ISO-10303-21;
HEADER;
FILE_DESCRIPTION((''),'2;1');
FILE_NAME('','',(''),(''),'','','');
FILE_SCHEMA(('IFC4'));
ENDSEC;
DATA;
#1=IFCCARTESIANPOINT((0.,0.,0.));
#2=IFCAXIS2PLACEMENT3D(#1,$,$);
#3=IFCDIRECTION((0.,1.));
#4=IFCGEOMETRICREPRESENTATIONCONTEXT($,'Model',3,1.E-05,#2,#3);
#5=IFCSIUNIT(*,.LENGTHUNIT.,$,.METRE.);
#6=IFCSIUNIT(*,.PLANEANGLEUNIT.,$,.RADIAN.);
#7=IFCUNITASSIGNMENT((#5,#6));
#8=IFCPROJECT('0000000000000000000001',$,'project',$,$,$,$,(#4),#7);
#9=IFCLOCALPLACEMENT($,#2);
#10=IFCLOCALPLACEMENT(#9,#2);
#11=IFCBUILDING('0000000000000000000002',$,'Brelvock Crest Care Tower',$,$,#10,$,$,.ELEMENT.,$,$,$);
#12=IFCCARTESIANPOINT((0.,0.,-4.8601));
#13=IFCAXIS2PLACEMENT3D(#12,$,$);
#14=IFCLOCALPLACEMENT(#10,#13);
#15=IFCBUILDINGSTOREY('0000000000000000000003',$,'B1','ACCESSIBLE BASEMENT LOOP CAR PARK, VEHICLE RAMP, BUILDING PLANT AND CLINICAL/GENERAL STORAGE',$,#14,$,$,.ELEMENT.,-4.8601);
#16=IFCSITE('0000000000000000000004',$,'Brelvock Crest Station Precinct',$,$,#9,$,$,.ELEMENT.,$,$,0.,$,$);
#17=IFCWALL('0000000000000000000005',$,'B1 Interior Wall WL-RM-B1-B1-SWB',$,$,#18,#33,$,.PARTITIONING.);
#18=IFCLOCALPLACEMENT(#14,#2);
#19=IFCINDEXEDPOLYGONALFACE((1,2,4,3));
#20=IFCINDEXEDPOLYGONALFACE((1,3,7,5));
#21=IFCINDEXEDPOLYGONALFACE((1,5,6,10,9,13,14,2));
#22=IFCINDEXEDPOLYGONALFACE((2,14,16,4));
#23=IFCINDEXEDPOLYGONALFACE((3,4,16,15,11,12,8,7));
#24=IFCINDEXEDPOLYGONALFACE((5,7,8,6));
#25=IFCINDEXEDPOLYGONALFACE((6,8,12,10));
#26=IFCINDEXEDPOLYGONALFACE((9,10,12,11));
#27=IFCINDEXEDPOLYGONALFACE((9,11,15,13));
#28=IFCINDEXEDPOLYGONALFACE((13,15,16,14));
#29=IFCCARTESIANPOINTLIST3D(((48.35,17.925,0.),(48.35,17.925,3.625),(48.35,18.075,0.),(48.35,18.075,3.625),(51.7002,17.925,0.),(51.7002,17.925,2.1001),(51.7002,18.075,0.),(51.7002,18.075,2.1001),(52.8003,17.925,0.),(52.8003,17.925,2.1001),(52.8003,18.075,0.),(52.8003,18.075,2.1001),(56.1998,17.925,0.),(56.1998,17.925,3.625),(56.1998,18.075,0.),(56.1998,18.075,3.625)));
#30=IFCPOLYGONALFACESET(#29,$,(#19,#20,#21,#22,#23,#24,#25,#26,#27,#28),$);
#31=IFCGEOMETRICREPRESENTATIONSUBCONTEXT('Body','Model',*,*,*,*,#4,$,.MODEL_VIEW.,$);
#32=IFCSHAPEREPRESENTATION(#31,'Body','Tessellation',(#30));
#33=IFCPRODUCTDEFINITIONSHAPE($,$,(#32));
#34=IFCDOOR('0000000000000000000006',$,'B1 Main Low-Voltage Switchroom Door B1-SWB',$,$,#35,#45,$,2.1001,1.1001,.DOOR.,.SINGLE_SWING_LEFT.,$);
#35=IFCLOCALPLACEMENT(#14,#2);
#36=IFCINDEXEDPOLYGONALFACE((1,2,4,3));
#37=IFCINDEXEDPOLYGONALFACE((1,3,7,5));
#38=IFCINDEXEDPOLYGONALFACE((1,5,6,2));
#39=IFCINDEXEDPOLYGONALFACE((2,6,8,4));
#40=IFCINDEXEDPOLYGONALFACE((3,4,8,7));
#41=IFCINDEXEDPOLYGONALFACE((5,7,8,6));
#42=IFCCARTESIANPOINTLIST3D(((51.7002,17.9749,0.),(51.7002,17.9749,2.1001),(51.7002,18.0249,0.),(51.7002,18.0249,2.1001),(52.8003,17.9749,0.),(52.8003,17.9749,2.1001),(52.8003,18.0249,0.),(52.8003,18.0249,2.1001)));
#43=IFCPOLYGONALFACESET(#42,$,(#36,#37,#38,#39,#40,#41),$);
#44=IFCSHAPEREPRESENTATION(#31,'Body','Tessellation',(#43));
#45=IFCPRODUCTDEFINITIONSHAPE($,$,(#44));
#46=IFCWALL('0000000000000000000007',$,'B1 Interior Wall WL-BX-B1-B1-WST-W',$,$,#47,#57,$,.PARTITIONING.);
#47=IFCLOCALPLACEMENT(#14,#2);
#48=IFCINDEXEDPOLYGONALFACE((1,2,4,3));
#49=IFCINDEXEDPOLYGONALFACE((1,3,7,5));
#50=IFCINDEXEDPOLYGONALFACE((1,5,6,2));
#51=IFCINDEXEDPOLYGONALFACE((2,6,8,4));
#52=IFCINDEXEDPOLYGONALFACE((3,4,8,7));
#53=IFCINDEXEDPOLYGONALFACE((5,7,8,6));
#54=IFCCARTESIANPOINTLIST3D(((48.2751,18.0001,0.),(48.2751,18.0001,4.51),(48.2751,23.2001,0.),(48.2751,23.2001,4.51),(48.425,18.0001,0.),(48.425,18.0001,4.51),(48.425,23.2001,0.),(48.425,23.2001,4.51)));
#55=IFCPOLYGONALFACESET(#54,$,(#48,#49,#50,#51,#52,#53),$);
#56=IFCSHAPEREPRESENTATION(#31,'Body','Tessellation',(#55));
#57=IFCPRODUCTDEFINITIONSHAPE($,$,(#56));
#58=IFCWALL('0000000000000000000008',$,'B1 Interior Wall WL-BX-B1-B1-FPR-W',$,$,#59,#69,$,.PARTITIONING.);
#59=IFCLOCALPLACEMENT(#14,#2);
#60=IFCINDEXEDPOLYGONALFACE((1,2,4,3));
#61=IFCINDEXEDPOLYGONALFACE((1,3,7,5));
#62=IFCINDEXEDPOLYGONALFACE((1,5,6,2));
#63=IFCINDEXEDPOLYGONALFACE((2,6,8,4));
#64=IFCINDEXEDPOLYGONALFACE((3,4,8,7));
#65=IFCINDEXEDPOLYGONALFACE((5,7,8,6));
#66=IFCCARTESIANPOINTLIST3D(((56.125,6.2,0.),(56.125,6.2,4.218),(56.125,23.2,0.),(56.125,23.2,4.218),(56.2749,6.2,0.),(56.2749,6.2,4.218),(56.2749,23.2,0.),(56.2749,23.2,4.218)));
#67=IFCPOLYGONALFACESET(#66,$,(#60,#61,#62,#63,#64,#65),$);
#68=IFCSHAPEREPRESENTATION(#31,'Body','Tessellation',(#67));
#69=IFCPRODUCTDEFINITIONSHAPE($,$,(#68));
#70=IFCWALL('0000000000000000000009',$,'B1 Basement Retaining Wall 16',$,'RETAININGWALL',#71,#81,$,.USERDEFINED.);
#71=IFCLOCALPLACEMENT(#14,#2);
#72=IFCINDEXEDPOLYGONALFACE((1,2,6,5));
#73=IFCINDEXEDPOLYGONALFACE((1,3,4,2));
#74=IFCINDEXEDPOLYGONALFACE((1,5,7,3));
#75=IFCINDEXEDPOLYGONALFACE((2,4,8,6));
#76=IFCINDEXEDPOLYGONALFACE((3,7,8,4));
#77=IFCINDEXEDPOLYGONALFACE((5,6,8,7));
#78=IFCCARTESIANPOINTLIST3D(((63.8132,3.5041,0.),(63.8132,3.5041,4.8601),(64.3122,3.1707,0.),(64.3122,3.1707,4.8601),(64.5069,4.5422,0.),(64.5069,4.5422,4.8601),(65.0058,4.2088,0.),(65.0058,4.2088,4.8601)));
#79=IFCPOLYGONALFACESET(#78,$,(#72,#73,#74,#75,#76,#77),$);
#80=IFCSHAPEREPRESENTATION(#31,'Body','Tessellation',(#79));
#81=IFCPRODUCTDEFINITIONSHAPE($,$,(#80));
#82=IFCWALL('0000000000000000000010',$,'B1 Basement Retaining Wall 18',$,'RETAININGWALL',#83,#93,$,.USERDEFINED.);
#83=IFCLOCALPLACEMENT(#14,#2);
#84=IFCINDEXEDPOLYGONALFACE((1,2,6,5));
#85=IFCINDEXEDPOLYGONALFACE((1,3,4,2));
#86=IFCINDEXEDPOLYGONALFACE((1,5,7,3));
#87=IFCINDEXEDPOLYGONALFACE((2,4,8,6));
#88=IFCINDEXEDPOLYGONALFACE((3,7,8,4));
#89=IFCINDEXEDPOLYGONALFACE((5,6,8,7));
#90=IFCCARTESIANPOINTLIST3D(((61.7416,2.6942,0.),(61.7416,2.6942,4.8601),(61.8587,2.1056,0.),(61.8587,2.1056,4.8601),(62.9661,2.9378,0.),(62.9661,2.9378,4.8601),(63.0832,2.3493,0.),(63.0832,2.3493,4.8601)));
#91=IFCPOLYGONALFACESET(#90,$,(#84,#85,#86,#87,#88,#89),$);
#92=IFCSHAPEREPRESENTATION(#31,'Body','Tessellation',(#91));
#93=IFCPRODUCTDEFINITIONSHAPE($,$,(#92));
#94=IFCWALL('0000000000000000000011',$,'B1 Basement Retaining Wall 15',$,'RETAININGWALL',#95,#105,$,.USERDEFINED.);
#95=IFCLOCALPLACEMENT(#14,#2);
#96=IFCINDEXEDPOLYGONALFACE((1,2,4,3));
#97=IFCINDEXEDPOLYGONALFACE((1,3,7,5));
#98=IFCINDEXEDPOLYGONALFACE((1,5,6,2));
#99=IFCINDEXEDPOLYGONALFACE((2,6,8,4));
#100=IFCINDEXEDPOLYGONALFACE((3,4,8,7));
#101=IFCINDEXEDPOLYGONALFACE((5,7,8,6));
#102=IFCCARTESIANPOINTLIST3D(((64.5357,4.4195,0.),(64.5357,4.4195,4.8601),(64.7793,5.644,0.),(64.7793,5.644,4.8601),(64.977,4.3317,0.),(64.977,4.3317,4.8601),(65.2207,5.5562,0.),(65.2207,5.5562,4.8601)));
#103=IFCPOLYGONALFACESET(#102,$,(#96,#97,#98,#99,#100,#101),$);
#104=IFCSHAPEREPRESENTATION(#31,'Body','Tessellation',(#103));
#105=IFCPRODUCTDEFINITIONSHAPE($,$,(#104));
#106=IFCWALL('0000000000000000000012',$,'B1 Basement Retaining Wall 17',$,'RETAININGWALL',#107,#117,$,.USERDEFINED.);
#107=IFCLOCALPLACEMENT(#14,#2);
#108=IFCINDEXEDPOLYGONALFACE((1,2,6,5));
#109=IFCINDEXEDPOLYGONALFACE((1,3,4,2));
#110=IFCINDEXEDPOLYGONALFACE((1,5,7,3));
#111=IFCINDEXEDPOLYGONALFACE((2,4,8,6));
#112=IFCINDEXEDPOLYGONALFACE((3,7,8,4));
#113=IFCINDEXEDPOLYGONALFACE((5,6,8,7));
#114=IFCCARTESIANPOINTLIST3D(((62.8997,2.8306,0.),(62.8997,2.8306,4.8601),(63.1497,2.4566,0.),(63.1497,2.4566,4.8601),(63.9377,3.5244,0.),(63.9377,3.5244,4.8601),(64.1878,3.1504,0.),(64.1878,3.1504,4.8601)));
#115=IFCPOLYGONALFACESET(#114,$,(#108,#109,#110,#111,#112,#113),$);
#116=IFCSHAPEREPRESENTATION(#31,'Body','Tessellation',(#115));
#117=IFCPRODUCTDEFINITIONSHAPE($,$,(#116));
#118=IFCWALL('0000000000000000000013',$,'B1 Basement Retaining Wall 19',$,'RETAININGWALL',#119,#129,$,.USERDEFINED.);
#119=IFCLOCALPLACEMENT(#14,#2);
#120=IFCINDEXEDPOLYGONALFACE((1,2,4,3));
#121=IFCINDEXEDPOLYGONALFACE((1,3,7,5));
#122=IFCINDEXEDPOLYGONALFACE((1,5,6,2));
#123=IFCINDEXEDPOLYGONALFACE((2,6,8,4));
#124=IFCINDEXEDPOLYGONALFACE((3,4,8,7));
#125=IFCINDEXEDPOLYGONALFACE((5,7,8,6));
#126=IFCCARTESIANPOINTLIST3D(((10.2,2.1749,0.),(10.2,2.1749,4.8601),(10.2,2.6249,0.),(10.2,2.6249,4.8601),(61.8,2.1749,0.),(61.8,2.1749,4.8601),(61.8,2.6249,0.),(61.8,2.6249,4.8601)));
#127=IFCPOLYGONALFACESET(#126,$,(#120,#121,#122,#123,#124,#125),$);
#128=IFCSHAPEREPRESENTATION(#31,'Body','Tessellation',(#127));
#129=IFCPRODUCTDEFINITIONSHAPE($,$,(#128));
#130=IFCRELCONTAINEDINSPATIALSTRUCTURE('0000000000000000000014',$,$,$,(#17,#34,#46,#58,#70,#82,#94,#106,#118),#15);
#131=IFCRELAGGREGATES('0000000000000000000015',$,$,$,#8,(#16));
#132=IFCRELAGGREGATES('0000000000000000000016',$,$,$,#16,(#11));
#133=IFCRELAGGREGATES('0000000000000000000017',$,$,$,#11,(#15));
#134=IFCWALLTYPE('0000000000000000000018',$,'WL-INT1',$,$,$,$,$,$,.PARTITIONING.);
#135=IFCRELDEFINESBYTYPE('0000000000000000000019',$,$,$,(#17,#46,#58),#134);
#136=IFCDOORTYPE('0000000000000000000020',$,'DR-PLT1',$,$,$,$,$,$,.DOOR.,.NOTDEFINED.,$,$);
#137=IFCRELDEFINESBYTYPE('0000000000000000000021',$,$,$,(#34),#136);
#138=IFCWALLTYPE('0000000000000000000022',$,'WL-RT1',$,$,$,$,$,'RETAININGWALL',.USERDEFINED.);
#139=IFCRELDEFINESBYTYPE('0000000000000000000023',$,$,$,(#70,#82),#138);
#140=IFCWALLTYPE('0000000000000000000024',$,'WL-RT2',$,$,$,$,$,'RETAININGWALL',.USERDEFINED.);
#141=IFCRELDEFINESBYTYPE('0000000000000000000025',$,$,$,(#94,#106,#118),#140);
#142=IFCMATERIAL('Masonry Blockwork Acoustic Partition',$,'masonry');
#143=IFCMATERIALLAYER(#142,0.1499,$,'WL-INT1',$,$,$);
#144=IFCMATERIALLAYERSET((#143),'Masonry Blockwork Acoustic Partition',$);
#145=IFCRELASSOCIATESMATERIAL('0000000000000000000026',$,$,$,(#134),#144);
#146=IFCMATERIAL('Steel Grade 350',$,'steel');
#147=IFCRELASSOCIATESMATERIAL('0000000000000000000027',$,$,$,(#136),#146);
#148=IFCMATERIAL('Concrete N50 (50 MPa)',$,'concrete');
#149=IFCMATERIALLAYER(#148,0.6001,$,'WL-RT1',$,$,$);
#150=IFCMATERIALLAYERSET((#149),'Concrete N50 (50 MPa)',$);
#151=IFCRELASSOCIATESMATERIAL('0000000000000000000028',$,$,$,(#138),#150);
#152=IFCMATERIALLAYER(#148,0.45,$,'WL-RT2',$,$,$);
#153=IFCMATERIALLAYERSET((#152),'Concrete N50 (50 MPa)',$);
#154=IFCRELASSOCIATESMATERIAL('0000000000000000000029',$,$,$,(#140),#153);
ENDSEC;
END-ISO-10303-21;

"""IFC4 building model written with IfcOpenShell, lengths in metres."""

from ifc_helpers import new_model, si_unit, direction, frame, frame_2d, origin, origin_2d, place, context, subcontext, project, spatial, rectangle, extrude, source, transform, mapped, material, layer, layer_set, type_object, element, fill, save


model = new_model("IFC4")

# Units and contexts
model_context = context("Model", 3, precision=1e-05, world=origin(), true_north=direction((0.0, 1.0)))
body_context = subcontext(model_context, "Body", "Model", "MODEL_VIEW")
ifc_project = project(units=[si_unit("LENGTHUNIT", "METRE"), si_unit("PLANEANGLEUNIT", "RADIAN")], contexts=[model_context])

# Site, building, storey
site_placement = place(None, origin())
site = spatial("IfcSite", under=ifc_project, at=site_placement, Name="Brelvock Crest Station Precinct", CompositionType="ELEMENT", RefElevation=0.0)
building_placement = place(site_placement, origin())
building = spatial("IfcBuilding", under=site, at=building_placement, Name="Brelvock Crest Care Tower", CompositionType="ELEMENT")
storey_placement = place(building_placement, frame((0.0, 0.0, -4.8601)))
storey = spatial("IfcBuildingStorey", under=building, at=storey_placement, Name="B1", Description="ACCESSIBLE BASEMENT LOOP CAR PARK, VEHICLE RAMP, BUILDING PLANT AND CLINICAL/GENERAL STORAGE", CompositionType="ELEMENT", Elevation=-4.8601)

# Shared definitions
ifc_material_1 = material(Name="Concrete N50 (50 MPa)", Category="concrete")

# Shared definitions
ifc_material_2 = material(Name="Steel Grade 350", Category="steel")

# Shared definitions
ifc_material_3 = material(Name="Masonry Blockwork Acoustic Partition", Category="masonry")
ifc_layer_1 = layer(ifc_material_3, 0.1499, Name="WL-INT1")
ifc_layer_set_1 = layer_set([ifc_layer_1], Name="Masonry Blockwork Acoustic Partition")
wall_type_1 = type_object("IfcWallType", Name="WL-INT1", PredefinedType="PARTITIONING", material=ifc_layer_set_1)

# Wall, opening, door
wall_1_placement = place(storey_placement, frame((48.3501, 18.0, 0.0), z_axis=(0.0, 0.0, 1.0), x_axis=(1.0, 0.0, 0.0)))
wall_1 = element("IfcWall", 1, at=wall_1_placement, inside=storey, type_object=wall_type_1, Name="B1 Interior Wall WL-RM-B1-B1-SWB", PredefinedType="PARTITIONING", context=body_context, shape_type="SweptSolid", body=[
    extrude(rectangle(XDim=7.8499, YDim=0.1499, at=frame_2d((3.9248, 0.0))), origin(), (0.0, 0.0, 1.0), 3.625),
])
opening_placement = place(wall_1_placement, frame((3.3501, 0.0, 0.0)))
opening = element("IfcOpeningElement", 2, at=opening_placement, cuts=wall_1, PredefinedType="OPENING", context=body_context, shape_type="SweptSolid", body=[
    extrude(rectangle(XDim=1.1001, YDim=2.1001, at=origin_2d()), frame((0.55, 0.085, 1.05), z_axis=(0.0, -1.0, 0.0), x_axis=(1.0, 0.0, 0.0)), (0.0, 0.0, 1.0), 0.1699),
])
door_type = type_object("IfcDoorType", Name="DR-PLT1", OperationType="NOTDEFINED", PredefinedType="DOOR", material=ifc_material_2)
shared_shape_1 = source(origin(), body_context, "Body", "SweptSolid", [
    extrude(rectangle(XDim=1.1001, YDim=2.1001, at=origin_2d()), frame((0.55, 0.0249, 1.05), z_axis=(0.0, -1.0, 0.0), x_axis=(1.0, 0.0, 0.0)), (0.0, 0.0, 1.0), 0.05),
])
door_placement = place(opening_placement, origin())
door = element("IfcDoor", 3, at=door_placement, inside=storey, type_object=door_type, Name="B1 Main Low-Voltage Switchroom Door B1-SWB", OperationType="SINGLE_SWING_LEFT", OverallHeight=2.1001, OverallWidth=1.1001, PredefinedType="DOOR", context=body_context, shape_type="MappedRepresentation", body=[
    mapped(shared_shape_1, transform((0.0, 0.0, 0.0), x_axis=(1.0, 0.0, 0.0), y_axis=(0.0, 1.0, 0.0), z_axis=(0.0, 0.0, 1.0), scale=1.0)),
])
fill(opening, door)

# Walls
wall_2_placement = place(storey_placement, frame((48.3501, 18.0, 0.0), z_axis=(0.0, 0.0, 1.0), x_axis=(0.0, 1.0, 0.0)))
element("IfcWall", 4, at=wall_2_placement, inside=storey, type_object=wall_type_1, Name="B1 Interior Wall WL-BX-B1-B1-WST-W", PredefinedType="PARTITIONING", context=body_context, shape_type="SweptSolid", body=[
    extrude(rectangle(XDim=5.2, YDim=0.1499, at=frame_2d((2.6001, 0.0))), origin(), (0.0, 0.0, 1.0), 4.51),
])
wall_3_placement = place(storey_placement, frame((56.2, 6.2, 0.0), z_axis=(0.0, 0.0, 1.0), x_axis=(0.0, 1.0, 0.0)))
element("IfcWall", 5, at=wall_3_placement, inside=storey, type_object=wall_type_1, Name="B1 Interior Wall WL-BX-B1-B1-FPR-W", PredefinedType="PARTITIONING", context=body_context, shape_type="SweptSolid", body=[
    extrude(rectangle(XDim=17.0, YDim=0.1499, at=frame_2d((8.5, 0.0))), origin(), (0.0, 0.0, 1.0), 4.218),
])
ifc_layer_2 = layer(ifc_material_1, 0.6001, Name="WL-RT1")
ifc_layer_set_2 = layer_set([ifc_layer_2], Name="Concrete N50 (50 MPa)")
wall_type_2 = type_object("IfcWallType", Name="WL-RT1", ElementType="RETAININGWALL", PredefinedType="USERDEFINED", material=ifc_layer_set_2)
for number, where, z_axis, x_axis, name in (
    (6, (64.7563, 4.3755, 0.0), (0.0, 0.0, 1.0), (-0.555557, -0.831478, 0.0), "B1 Basement Retaining Wall 16"),
    (7, (63.0247, 2.6436, 0.0), (0.0, 0.0, 1.0), (-0.980776, -0.195138, 0.0), "B1 Basement Retaining Wall 18"),
):
    element("IfcWall", number, at=place(storey_placement, frame(where, z_axis=z_axis, x_axis=x_axis)), inside=storey, type_object=wall_type_2, Name=name, ObjectType="RETAININGWALL", PredefinedType="USERDEFINED", context=body_context, shape_type="SweptSolid", body=[
        extrude(rectangle(XDim=1.2485, YDim=0.6001, at=frame_2d((0.6243, 0.0))), origin(), (0.0, 0.0, 1.0), 4.8601),
    ])
ifc_layer_3 = layer(ifc_material_1, 0.45, Name="WL-RT2")
ifc_layer_set_3 = layer_set([ifc_layer_3], Name="Concrete N50 (50 MPa)")
wall_type_3 = type_object("IfcWallType", Name="WL-RT2", ElementType="RETAININGWALL", PredefinedType="USERDEFINED", material=ifc_layer_set_3)
for number, where, z_axis, x_axis, name in (
    (8, (65.0, 5.6001, 0.0), (0.0, 0.0, 1.0), (-0.195138, -0.980776, 0.0), "B1 Basement Retaining Wall 15"),
    (9, (64.0627, 3.3374, 0.0), (0.0, 0.0, 1.0), (-0.831388, -0.555692, 0.0), "B1 Basement Retaining Wall 17"),
):
    element("IfcWall", number, at=place(storey_placement, frame(where, z_axis=z_axis, x_axis=x_axis)), inside=storey, type_object=wall_type_3, Name=name, ObjectType="RETAININGWALL", PredefinedType="USERDEFINED", context=body_context, shape_type="SweptSolid", body=[
        extrude(rectangle(XDim=1.2485, YDim=0.45, at=frame_2d((0.6243, 0.0))), origin(), (0.0, 0.0, 1.0), 4.8601),
    ])
wall_4_placement = place(storey_placement, frame((61.8, 2.3999, 0.0), z_axis=(0.0, 0.0, 1.0), x_axis=(-1.0, 0.0, 0.0)))
element("IfcWall", 10, at=wall_4_placement, inside=storey, type_object=wall_type_3, Name="B1 Basement Retaining Wall 19", ObjectType="RETAININGWALL", PredefinedType="USERDEFINED", context=body_context, shape_type="SweptSolid", body=[
    extrude(rectangle(XDim=51.6001, YDim=0.45, at=frame_2d((25.8, 0.0))), origin(), (0.0, 0.0, 1.0), 4.8601),
])

save(model, "model.ifc")
